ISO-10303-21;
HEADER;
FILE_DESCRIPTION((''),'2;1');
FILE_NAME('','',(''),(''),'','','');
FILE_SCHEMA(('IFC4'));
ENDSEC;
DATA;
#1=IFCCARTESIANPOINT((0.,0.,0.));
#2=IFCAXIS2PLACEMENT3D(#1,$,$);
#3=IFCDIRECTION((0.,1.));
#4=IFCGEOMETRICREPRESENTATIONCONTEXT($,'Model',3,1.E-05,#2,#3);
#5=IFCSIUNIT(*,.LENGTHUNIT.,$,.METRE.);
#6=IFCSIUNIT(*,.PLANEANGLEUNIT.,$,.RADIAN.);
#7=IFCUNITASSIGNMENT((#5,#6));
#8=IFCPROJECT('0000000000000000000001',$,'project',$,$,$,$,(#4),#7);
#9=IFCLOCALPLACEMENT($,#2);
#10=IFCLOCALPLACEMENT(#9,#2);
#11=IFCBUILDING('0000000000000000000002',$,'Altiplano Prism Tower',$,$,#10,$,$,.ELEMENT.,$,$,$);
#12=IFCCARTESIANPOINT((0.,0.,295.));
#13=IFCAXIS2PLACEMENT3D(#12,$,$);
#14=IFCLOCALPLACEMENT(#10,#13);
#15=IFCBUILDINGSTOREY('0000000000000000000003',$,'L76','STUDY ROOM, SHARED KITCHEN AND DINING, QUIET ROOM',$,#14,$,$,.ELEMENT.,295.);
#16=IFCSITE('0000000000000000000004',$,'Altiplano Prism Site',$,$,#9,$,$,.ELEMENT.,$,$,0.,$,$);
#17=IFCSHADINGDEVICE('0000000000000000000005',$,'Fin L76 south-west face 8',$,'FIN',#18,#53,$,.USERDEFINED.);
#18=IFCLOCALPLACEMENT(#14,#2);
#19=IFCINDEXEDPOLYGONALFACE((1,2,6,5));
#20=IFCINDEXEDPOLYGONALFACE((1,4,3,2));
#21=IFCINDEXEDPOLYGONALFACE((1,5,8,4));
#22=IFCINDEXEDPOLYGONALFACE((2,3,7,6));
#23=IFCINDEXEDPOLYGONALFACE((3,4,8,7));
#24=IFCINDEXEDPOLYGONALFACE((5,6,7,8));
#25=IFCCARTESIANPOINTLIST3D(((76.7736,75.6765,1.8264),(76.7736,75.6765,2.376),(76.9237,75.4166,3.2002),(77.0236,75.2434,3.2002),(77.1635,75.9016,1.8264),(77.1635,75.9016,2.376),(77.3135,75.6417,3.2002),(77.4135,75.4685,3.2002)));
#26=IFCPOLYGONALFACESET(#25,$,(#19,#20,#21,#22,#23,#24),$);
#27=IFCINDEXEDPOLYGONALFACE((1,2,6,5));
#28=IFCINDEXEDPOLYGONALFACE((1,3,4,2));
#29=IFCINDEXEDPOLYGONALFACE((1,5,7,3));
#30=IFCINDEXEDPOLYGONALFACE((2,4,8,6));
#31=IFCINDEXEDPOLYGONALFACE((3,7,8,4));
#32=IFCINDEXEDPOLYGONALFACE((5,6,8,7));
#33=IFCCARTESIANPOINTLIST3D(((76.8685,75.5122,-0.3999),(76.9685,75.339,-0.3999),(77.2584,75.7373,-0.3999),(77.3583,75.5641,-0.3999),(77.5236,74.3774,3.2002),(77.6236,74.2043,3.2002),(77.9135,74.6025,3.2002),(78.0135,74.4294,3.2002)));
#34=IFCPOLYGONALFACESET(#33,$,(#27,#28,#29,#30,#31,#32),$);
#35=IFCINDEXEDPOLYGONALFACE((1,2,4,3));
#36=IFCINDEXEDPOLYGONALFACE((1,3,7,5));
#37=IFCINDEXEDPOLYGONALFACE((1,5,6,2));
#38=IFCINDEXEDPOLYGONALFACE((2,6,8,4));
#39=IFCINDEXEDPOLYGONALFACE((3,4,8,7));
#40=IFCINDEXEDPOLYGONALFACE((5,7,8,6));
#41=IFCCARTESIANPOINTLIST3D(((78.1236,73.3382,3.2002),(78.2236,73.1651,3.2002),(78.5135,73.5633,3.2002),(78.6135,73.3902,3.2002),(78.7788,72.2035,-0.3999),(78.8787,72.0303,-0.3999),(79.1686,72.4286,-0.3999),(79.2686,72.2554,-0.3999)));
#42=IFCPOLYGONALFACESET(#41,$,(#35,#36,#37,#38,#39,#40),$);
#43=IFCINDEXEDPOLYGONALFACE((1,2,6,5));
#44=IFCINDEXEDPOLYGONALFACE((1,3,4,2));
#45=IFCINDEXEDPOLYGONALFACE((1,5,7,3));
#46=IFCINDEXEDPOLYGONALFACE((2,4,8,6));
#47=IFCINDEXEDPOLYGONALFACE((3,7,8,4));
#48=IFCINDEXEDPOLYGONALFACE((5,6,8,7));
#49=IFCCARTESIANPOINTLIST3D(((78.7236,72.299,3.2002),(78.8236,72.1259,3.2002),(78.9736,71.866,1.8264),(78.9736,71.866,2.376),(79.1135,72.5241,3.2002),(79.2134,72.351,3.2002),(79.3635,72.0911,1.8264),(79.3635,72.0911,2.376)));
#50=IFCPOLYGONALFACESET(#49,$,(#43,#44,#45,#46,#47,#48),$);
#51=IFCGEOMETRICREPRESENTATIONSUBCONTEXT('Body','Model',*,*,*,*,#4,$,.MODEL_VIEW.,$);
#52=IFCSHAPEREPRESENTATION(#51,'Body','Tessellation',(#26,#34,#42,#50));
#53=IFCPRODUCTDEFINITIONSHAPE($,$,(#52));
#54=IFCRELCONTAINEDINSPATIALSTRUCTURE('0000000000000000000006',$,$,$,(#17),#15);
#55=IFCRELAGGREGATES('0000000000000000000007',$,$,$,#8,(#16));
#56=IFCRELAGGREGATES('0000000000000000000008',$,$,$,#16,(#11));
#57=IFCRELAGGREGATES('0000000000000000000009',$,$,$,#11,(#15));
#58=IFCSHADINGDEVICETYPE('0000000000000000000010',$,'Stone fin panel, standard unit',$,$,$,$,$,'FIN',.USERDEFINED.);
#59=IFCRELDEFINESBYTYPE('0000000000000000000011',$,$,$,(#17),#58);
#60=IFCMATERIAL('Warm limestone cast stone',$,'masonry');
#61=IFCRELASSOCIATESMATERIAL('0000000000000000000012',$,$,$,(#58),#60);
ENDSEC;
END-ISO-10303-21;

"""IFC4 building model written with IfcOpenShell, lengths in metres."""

from ifc_helpers import new_model, si_unit, direction, frame, origin, place, context, subcontext, project, spatial, polyline, outline, extrude, source, transform, mapped, material, type_object, element, save


model = new_model("IFC4")

# Units and contexts
model_context = context("Model", 3, precision=1e-05, world=origin(), true_north=direction((0.0, 1.0)))
body_context = subcontext(model_context, "Body", "Model", "MODEL_VIEW")
ifc_project = project(units=[si_unit("LENGTHUNIT", "METRE"), si_unit("PLANEANGLEUNIT", "RADIAN")], contexts=[model_context])

# Site, building, storey
site_placement = place(None, origin())
site = spatial("IfcSite", under=ifc_project, at=site_placement, Name="Altiplano Prism Site", CompositionType="ELEMENT", RefElevation=0.0)
building_placement = place(site_placement, origin())
building = spatial("IfcBuilding", under=site, at=building_placement, Name="Altiplano Prism Tower", CompositionType="ELEMENT")
storey_placement = place(building_placement, frame((0.0, 0.0, 295.0)))
storey = spatial("IfcBuildingStorey", under=building, at=storey_placement, Name="L76", Description="STUDY ROOM, SHARED KITCHEN AND DINING, QUIET ROOM", CompositionType="ELEMENT", Elevation=295.0)

# Shading device
ifc_material_1 = material(Name="Warm limestone cast stone", Category="masonry")
shading_device_type_1 = type_object("IfcShadingDeviceType", Name="Stone fin panel, standard unit", ElementType="FIN", PredefinedType="USERDEFINED", material=ifc_material_1)
shared_shape_1 = source(origin(), body_context, "Body", "SweptSolid", [
    extrude(outline(polyline([(-2.2, 2.2263), (-1.7, 3.6001), (-1.8999, 3.6001), (-2.2, 2.7759), (-2.2, 2.2263)])), frame((0.0, -0.1499, 0.0), z_axis=(0.0, -1.0, 0.0), x_axis=(1.0, 0.0, 0.0)), (0.0, 0.0, 1.0), 0.4502),
    extrude(outline(polyline([(-2.0103, 0.0), (-1.8103, 0.0), (-0.5, 3.6001), (-0.7, 3.6001), (-2.0103, 0.0)])), frame((0.0, -0.1499, 0.0), z_axis=(0.0, -1.0, 0.0), x_axis=(1.0, 0.0, 0.0)), (0.0, 0.0, 1.0), 0.4502),
    extrude(outline(polyline([(1.8103, 0.0), (2.0103, 0.0), (0.7, 3.6001), (0.5, 3.6001), (1.8103, 0.0)])), frame((0.0, -0.1499, 0.0), z_axis=(0.0, -1.0, 0.0), x_axis=(1.0, 0.0, 0.0)), (0.0, 0.0, 1.0), 0.4502),
    extrude(outline(polyline([(2.2, 2.7759), (1.8999, 3.6001), (1.7, 3.6001), (2.2, 2.2263), (2.2, 2.7759)])), frame((0.0, -0.1499, 0.0), z_axis=(0.0, -1.0, 0.0), x_axis=(1.0, 0.0, 0.0)), (0.0, 0.0, 1.0), 0.4502),
])
shading_device_1_placement = place(storey_placement, origin())
element("IfcShadingDevice", 1, at=shading_device_1_placement, inside=storey, type_object=shading_device_type_1, Name="Fin L76 south-west face 8", ObjectType="FIN", PredefinedType="USERDEFINED", context=body_context, shape_type="MappedRepresentation", body=[
    mapped(shared_shape_1, transform((78.3933, 74.0713, -0.3999), x_axis=(0.5, -0.866025, 0.0), y_axis=(0.866025, 0.5, 0.0), z_axis=(0.0, 0.0, 1.0))),
])

save(model, "model.ifc")
